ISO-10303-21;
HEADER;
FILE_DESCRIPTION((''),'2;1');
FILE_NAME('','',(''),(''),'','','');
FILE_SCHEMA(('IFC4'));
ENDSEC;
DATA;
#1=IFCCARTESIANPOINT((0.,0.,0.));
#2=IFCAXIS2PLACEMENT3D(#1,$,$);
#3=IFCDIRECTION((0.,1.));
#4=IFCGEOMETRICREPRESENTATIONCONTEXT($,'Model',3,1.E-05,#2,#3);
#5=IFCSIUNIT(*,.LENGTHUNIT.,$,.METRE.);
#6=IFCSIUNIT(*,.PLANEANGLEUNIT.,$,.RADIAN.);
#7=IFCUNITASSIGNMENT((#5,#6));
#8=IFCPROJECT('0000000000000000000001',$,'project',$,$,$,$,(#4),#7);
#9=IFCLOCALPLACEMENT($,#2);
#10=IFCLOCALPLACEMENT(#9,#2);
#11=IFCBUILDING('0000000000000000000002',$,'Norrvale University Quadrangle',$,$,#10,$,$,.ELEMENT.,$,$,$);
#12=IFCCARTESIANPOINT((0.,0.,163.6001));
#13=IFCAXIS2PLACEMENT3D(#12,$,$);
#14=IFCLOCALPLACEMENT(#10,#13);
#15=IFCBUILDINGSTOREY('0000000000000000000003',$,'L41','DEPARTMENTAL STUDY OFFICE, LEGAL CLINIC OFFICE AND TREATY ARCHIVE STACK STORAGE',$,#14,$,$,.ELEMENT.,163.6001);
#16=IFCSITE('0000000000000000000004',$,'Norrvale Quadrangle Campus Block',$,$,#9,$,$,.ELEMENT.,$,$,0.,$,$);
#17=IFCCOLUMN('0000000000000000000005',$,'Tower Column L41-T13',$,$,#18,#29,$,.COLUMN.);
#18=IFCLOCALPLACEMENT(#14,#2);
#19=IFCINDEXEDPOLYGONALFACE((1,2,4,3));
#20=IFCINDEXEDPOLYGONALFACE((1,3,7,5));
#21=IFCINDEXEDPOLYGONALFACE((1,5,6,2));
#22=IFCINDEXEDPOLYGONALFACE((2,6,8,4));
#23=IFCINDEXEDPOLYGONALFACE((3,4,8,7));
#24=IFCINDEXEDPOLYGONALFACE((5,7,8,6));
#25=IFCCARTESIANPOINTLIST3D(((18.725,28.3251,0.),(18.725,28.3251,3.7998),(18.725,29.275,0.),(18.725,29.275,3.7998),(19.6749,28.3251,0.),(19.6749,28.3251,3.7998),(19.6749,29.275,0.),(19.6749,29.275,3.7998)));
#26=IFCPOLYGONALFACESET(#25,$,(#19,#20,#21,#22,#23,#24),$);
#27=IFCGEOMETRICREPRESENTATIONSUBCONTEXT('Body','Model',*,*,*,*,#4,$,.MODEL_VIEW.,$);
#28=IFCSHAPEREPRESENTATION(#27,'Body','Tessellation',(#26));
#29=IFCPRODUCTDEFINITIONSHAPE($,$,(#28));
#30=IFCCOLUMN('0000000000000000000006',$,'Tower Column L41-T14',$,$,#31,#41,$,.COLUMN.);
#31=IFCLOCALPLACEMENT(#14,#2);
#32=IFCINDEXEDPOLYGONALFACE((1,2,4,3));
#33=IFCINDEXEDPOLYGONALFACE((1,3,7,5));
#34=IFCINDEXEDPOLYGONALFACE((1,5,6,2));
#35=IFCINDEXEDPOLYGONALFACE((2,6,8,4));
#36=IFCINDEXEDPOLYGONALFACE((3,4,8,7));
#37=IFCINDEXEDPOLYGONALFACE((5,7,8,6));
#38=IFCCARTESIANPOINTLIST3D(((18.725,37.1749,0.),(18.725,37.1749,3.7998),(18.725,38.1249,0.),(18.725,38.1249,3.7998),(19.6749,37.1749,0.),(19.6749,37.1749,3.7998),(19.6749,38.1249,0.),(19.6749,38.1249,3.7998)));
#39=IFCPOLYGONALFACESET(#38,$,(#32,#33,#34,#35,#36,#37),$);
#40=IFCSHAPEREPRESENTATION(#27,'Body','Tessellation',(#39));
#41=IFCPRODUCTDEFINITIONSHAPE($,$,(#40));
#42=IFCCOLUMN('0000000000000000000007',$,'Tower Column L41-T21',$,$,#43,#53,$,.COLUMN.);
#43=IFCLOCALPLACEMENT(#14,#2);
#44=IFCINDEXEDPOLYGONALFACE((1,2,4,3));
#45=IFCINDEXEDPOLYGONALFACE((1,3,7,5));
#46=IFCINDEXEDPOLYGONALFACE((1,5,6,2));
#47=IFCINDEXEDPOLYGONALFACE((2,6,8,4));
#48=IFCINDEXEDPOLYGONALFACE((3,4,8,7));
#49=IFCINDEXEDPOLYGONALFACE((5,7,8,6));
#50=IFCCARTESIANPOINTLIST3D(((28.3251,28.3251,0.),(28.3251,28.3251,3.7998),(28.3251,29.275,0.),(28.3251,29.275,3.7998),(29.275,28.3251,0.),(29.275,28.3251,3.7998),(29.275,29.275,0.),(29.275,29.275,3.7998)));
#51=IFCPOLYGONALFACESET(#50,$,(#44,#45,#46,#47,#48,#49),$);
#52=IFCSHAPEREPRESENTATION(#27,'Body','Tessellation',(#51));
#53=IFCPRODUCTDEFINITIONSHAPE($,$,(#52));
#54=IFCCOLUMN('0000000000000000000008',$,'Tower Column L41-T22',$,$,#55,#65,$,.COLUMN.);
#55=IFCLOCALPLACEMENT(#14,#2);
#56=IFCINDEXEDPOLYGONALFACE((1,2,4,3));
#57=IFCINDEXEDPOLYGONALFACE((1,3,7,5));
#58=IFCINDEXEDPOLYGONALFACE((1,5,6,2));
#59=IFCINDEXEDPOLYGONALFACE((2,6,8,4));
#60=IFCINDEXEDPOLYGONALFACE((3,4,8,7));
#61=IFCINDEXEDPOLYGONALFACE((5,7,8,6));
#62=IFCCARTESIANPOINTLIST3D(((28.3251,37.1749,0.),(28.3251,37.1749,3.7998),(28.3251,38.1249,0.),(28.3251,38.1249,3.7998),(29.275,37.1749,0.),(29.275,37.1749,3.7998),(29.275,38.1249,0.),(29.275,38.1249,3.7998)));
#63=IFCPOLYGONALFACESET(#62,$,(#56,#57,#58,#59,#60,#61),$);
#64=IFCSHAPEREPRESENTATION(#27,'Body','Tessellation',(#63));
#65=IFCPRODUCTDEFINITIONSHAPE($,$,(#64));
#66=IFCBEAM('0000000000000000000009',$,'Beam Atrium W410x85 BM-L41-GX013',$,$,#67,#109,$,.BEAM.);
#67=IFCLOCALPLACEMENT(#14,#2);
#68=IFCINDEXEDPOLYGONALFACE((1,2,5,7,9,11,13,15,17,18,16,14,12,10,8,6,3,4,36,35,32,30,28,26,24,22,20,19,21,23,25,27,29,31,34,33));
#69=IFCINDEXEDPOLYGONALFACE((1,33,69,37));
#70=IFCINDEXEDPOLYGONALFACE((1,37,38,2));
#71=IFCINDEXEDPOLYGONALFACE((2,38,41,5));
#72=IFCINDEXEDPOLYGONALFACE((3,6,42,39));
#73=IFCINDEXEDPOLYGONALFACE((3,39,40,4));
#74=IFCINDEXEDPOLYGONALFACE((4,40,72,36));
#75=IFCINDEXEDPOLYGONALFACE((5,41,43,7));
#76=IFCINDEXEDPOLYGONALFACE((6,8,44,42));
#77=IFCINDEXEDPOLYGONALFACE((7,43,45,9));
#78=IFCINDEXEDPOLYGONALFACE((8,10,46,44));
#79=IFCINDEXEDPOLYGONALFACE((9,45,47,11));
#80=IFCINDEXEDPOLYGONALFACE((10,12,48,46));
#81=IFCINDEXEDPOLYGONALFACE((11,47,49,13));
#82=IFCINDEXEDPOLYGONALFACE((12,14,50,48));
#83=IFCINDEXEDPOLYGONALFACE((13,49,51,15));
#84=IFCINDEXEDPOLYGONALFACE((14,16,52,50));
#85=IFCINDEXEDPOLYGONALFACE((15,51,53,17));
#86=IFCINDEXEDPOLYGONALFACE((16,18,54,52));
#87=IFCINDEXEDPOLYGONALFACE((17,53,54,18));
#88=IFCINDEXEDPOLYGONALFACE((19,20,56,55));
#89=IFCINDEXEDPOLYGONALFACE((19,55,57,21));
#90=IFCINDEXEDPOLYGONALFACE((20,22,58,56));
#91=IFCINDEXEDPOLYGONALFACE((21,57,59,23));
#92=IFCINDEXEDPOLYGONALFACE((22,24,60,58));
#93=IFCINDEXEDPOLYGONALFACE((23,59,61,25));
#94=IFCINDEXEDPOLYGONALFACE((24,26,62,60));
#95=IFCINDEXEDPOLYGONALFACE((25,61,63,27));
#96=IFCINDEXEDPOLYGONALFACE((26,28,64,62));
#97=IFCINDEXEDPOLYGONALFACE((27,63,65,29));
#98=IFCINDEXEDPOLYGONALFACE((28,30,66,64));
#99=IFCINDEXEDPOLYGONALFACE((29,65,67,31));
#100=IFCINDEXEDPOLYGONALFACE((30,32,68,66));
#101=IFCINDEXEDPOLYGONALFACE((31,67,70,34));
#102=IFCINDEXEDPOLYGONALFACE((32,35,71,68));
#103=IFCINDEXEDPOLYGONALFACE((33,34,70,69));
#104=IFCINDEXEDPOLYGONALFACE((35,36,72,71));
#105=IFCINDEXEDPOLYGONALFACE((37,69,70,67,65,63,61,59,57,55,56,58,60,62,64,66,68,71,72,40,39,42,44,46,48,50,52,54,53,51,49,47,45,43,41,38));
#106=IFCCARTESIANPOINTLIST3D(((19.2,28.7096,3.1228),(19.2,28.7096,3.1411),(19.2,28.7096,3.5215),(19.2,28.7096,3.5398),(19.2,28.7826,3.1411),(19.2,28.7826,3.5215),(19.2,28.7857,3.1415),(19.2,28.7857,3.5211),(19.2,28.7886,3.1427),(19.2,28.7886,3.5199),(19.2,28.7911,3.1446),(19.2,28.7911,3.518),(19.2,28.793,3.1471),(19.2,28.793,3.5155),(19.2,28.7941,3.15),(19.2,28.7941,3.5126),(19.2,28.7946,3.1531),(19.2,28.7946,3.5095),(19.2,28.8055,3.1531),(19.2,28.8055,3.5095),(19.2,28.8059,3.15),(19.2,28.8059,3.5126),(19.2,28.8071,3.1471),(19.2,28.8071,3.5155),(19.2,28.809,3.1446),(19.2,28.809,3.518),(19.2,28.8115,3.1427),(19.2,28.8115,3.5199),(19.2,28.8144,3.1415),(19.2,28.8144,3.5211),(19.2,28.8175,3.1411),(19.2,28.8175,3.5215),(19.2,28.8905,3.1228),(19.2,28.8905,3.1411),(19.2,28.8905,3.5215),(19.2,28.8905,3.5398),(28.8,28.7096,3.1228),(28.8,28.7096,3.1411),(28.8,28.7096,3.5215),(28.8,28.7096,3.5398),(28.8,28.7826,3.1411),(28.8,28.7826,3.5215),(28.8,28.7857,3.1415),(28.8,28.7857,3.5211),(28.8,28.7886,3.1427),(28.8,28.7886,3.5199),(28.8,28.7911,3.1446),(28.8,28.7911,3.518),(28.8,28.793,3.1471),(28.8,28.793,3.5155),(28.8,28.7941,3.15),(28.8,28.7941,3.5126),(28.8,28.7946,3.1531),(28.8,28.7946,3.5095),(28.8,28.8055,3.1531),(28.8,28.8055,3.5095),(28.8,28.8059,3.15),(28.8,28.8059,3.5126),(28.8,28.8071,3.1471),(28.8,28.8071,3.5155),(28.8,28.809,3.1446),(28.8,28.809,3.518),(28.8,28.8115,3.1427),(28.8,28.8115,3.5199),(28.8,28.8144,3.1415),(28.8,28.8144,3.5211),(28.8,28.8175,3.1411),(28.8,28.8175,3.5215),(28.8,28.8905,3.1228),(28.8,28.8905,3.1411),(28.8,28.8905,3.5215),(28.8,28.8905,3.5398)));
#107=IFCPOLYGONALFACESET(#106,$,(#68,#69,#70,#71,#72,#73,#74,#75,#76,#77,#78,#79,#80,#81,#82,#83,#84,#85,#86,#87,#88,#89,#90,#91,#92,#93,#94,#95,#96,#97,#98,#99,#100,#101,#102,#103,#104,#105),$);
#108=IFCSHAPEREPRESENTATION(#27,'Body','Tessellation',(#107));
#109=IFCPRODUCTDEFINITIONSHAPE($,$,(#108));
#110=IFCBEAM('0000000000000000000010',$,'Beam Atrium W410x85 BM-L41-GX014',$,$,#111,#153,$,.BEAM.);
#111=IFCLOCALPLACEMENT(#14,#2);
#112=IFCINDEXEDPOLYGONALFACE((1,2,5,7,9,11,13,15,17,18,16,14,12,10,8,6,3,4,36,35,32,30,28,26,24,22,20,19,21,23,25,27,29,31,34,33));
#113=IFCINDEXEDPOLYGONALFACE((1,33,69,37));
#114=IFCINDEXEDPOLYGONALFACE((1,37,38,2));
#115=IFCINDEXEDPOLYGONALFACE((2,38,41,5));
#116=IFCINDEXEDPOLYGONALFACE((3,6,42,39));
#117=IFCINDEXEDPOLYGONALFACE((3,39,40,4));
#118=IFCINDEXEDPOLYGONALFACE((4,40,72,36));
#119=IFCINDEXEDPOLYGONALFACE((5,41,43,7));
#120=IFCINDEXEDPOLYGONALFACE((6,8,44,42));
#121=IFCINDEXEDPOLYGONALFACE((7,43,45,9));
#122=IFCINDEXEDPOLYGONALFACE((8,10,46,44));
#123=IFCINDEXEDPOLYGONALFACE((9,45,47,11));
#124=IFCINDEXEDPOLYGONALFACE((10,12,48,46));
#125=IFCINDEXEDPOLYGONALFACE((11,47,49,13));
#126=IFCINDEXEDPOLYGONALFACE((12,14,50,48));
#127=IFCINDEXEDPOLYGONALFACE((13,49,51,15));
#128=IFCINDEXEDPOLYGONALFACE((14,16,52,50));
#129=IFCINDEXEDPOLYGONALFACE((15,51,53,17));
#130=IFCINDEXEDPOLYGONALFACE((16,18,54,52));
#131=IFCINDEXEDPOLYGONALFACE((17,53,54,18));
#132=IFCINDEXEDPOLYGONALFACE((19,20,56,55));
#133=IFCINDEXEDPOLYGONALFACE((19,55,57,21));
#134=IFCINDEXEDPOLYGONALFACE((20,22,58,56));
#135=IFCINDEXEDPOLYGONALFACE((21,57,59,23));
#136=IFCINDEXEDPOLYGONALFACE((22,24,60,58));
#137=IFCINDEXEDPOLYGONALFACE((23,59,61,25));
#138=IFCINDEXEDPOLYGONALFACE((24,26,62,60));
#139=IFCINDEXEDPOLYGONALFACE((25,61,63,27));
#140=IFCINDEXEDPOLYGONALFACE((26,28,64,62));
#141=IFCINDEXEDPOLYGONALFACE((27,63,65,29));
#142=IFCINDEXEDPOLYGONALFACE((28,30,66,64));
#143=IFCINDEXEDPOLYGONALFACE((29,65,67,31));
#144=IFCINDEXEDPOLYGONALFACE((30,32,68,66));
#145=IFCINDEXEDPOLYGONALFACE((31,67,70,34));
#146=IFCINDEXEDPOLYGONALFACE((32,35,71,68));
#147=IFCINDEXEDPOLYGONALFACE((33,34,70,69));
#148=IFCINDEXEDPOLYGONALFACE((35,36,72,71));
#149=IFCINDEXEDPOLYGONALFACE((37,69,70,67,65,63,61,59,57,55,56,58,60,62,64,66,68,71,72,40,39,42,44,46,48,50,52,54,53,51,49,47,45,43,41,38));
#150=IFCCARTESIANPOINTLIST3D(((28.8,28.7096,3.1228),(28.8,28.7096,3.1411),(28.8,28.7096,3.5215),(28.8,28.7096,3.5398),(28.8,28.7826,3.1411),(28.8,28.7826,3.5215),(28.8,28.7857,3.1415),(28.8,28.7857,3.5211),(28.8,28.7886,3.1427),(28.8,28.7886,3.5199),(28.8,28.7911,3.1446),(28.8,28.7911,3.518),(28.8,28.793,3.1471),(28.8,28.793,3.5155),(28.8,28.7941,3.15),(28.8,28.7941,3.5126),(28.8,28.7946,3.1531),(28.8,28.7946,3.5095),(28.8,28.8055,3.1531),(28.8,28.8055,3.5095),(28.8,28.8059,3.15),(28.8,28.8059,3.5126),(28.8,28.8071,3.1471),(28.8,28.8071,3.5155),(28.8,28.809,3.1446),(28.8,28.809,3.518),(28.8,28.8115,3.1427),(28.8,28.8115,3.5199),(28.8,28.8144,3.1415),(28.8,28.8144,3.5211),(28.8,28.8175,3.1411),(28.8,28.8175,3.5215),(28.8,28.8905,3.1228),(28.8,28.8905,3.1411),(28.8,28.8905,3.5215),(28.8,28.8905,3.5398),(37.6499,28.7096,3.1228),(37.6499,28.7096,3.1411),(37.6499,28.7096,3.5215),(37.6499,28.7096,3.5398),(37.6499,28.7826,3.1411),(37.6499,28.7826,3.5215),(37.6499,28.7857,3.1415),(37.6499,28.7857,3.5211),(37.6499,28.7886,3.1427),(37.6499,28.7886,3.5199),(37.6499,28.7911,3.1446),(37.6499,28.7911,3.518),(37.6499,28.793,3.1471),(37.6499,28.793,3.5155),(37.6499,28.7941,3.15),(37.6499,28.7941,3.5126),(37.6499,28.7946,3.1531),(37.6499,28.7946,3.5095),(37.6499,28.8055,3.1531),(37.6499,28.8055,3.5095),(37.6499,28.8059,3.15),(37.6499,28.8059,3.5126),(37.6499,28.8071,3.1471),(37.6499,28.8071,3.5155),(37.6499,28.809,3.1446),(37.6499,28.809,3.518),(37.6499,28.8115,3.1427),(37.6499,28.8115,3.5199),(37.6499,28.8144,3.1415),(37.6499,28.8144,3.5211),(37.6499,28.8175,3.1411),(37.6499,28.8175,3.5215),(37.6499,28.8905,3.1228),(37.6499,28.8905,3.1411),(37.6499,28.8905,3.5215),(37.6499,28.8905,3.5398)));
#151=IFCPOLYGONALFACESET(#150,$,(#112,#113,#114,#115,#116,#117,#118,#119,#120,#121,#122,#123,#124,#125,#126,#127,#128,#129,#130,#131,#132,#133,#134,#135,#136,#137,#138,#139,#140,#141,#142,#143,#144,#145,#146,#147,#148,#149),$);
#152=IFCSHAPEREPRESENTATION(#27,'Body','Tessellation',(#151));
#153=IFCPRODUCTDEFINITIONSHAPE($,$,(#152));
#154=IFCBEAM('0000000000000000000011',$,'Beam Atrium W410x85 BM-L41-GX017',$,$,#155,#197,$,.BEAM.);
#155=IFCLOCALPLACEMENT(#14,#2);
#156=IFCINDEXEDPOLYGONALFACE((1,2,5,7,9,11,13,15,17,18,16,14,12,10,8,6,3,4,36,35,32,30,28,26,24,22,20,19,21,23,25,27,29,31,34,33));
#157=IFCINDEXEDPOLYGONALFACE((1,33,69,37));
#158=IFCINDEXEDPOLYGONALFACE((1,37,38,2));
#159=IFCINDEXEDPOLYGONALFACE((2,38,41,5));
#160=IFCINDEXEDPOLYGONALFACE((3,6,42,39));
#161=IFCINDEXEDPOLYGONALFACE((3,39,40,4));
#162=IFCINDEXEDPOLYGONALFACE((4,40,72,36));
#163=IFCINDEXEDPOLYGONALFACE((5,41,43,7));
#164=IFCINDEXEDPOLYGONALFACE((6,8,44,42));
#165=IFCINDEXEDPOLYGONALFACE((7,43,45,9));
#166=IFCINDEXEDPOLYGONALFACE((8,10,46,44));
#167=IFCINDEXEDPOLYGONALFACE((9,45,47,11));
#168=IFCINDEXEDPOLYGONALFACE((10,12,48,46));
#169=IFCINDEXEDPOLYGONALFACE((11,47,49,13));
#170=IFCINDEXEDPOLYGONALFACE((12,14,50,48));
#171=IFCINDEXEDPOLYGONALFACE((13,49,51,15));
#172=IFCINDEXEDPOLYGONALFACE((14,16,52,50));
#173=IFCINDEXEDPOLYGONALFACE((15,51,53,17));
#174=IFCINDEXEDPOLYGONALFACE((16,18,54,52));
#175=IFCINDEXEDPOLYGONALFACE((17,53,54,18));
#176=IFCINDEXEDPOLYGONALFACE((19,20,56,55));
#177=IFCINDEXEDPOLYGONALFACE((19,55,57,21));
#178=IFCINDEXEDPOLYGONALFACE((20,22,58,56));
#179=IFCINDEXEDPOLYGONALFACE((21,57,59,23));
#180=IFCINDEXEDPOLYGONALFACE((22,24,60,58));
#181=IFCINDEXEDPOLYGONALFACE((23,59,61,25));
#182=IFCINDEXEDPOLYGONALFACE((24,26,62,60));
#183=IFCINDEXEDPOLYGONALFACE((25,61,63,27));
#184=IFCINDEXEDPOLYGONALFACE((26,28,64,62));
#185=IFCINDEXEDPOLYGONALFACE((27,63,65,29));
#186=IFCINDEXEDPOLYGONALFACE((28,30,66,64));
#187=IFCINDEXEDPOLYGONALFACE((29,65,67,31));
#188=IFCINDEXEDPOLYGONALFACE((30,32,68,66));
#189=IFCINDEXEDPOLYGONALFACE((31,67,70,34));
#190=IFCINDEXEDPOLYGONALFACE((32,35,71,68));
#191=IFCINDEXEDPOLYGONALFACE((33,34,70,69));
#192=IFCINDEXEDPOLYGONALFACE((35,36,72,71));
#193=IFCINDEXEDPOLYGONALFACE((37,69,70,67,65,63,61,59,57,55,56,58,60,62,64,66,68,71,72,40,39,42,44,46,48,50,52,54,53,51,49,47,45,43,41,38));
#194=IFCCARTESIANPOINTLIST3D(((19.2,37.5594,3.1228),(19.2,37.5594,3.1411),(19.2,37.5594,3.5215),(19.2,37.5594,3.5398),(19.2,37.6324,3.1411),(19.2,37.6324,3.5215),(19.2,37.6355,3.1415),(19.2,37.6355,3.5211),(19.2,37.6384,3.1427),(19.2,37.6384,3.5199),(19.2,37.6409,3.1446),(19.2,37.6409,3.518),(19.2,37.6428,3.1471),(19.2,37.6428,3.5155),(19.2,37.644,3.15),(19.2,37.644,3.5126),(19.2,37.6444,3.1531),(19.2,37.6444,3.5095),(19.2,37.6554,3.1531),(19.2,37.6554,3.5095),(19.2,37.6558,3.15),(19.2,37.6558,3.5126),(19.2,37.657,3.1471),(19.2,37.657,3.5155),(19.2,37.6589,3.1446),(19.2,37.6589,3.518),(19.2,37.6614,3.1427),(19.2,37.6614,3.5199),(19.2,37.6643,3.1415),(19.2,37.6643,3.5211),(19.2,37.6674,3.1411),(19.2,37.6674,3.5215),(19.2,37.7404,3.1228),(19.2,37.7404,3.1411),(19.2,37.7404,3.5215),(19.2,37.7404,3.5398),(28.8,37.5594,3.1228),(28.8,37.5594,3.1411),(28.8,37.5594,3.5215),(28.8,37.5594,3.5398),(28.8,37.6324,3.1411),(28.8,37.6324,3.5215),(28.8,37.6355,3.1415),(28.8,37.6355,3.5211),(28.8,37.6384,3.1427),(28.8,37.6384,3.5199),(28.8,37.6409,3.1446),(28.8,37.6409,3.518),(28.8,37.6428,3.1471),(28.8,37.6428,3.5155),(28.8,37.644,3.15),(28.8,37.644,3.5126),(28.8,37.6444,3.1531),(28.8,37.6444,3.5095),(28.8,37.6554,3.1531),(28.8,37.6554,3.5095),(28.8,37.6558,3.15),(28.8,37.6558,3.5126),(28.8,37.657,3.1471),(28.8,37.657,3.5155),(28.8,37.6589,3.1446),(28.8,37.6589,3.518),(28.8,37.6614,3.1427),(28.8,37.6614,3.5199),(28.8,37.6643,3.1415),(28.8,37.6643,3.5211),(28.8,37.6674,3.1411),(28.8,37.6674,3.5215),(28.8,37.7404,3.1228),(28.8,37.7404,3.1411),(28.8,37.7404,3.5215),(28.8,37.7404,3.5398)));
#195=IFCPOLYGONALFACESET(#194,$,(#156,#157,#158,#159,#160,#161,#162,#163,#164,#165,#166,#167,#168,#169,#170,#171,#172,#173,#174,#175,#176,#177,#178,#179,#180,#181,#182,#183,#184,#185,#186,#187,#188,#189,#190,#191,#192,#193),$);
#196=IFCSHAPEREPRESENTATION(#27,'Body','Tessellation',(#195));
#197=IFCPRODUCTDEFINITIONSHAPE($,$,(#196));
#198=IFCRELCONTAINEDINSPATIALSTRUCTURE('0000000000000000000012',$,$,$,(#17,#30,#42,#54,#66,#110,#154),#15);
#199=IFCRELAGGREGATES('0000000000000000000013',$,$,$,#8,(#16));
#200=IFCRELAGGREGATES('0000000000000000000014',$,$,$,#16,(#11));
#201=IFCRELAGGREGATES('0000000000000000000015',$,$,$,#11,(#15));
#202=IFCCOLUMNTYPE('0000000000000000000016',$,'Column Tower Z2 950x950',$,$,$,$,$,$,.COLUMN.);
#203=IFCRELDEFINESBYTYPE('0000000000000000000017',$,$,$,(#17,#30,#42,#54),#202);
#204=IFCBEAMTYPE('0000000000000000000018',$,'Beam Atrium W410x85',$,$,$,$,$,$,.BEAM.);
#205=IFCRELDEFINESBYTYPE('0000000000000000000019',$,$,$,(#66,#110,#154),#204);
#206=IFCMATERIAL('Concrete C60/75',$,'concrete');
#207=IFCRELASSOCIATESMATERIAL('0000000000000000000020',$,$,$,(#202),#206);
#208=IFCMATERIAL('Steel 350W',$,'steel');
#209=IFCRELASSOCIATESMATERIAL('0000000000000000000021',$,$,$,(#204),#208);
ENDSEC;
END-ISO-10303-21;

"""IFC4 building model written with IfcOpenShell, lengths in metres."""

from ifc_helpers import new_model, si_unit, direction, frame, origin, origin_2d, place, context, subcontext, project, spatial, rectangle, i_section, extrude, material, material_profile, profile_set, type_object, element, save


model = new_model("IFC4")

# Units and contexts
model_context = context("Model", 3, precision=1e-05, world=origin(), true_north=direction((0.0, 1.0)))
body_context = subcontext(model_context, "Body", "Model", "MODEL_VIEW")
ifc_project = project(units=[si_unit("LENGTHUNIT", "METRE"), si_unit("PLANEANGLEUNIT", "RADIAN")], contexts=[model_context])

# Site, building, storey
site_placement = place(None, origin())
site = spatial("IfcSite", under=ifc_project, at=site_placement, Name="Norrvale Quadrangle Campus Block", CompositionType="ELEMENT", RefElevation=0.0)
building_placement = place(site_placement, origin())
building = spatial("IfcBuilding", under=site, at=building_placement, Name="Norrvale University Quadrangle", CompositionType="ELEMENT")
storey_placement = place(building_placement, frame((0.0, 0.0, 163.6001)))
storey = spatial("IfcBuildingStorey", under=building, at=storey_placement, Name="L41", Description="DEPARTMENTAL STUDY OFFICE, LEGAL CLINIC OFFICE AND TREATY ARCHIVE STACK STORAGE", CompositionType="ELEMENT", Elevation=163.6001)

# Columns
ifc_material_1 = material(Name="Concrete C60/75", Category="concrete")
ifc_material_profile_1 = material_profile(ifc_material_1, rectangle(XDim=0.95, YDim=0.95, at=origin_2d()), Name="Concrete C60/75")
ifc_profile_set_1 = profile_set([ifc_material_profile_1], Name="Concrete C60/75")
column_type = type_object("IfcColumnType", Name="Column Tower Z2 950x950", PredefinedType="COLUMN", material=ifc_profile_set_1)
for number, where, z_axis, x_axis, name in (
    (1, (19.2, 28.8, 0.0), (0.0, 0.0, 1.0), (1.0, 0.0, 0.0), "Tower Column L41-T13"),
    (2, (19.2, 37.6499, 0.0), (0.0, 0.0, 1.0), (1.0, 0.0, 0.0), "Tower Column L41-T14"),
    (3, (28.8, 28.8, 0.0), (0.0, 0.0, 1.0), (1.0, 0.0, 0.0), "Tower Column L41-T21"),
    (4, (28.8, 37.6499, 0.0), (0.0, 0.0, 1.0), (1.0, 0.0, 0.0), "Tower Column L41-T22"),
):
    element("IfcColumn", number, at=place(storey_placement, frame(where, z_axis=z_axis, x_axis=x_axis)), inside=storey, type_object=column_type, Name=name, PredefinedType="COLUMN", context=body_context, shape_type="SweptSolid", body=[
        extrude(rectangle(XDim=0.95, YDim=0.95, at=origin_2d()), origin(), (0.0, 0.0, 1.0), 3.7998),
    ])

# Beams
ifc_material_2 = material(Name="Steel 350W", Category="steel")
ifc_material_profile_2 = material_profile(ifc_material_2, i_section(OverallWidth=0.1809, OverallDepth=0.417, WebThickness=0.011, FlangeThickness=0.0183, FilletRadius=0.012, at=origin_2d()), Name="Steel 350W")
ifc_profile_set_2 = profile_set([ifc_material_profile_2], Name="Steel 350W")
beam_type_1 = type_object("IfcBeamType", Name="Beam Atrium W410x85", PredefinedType="BEAM", material=ifc_profile_set_2)
beam_1_placement = place(storey_placement, frame((19.2, 28.8, 3.3313), z_axis=(1.0, 0.0, 0.0), x_axis=(0.0, 1.0, 0.0)))
element("IfcBeam", 5, at=beam_1_placement, inside=storey, type_object=beam_type_1, Name="Beam Atrium W410x85 BM-L41-GX013", PredefinedType="BEAM", context=body_context, shape_type="SweptSolid", body=[
    extrude(i_section(OverallWidth=0.1809, OverallDepth=0.417, WebThickness=0.011, FlangeThickness=0.0183, FilletRadius=0.012, at=origin_2d()), origin(), (0.0, 0.0, 1.0), 9.6001),
])
beam_2_placement = place(storey_placement, frame((28.8, 28.8, 3.3313), z_axis=(1.0, 0.0, 0.0), x_axis=(0.0, 1.0, 0.0)))
element("IfcBeam", 6, at=beam_2_placement, inside=storey, type_object=beam_type_1, Name="Beam Atrium W410x85 BM-L41-GX014", PredefinedType="BEAM", context=body_context, shape_type="SweptSolid", body=[
    extrude(i_section(OverallWidth=0.1809, OverallDepth=0.417, WebThickness=0.011, FlangeThickness=0.0183, FilletRadius=0.012, at=origin_2d()), origin(), (0.0, 0.0, 1.0), 8.8499),
])
beam_3_placement = place(storey_placement, frame((19.2, 37.6499, 3.3313), z_axis=(1.0, 0.0, 0.0), x_axis=(0.0, 1.0, 0.0)))
element("IfcBeam", 7, at=beam_3_placement, inside=storey, type_object=beam_type_1, Name="Beam Atrium W410x85 BM-L41-GX017", PredefinedType="BEAM", context=body_context, shape_type="SweptSolid", body=[
    extrude(i_section(OverallWidth=0.1809, OverallDepth=0.417, WebThickness=0.011, FlangeThickness=0.0183, FilletRadius=0.012, at=origin_2d()), origin(), (0.0, 0.0, 1.0), 9.6001),
])

save(model, "model.ifc")
